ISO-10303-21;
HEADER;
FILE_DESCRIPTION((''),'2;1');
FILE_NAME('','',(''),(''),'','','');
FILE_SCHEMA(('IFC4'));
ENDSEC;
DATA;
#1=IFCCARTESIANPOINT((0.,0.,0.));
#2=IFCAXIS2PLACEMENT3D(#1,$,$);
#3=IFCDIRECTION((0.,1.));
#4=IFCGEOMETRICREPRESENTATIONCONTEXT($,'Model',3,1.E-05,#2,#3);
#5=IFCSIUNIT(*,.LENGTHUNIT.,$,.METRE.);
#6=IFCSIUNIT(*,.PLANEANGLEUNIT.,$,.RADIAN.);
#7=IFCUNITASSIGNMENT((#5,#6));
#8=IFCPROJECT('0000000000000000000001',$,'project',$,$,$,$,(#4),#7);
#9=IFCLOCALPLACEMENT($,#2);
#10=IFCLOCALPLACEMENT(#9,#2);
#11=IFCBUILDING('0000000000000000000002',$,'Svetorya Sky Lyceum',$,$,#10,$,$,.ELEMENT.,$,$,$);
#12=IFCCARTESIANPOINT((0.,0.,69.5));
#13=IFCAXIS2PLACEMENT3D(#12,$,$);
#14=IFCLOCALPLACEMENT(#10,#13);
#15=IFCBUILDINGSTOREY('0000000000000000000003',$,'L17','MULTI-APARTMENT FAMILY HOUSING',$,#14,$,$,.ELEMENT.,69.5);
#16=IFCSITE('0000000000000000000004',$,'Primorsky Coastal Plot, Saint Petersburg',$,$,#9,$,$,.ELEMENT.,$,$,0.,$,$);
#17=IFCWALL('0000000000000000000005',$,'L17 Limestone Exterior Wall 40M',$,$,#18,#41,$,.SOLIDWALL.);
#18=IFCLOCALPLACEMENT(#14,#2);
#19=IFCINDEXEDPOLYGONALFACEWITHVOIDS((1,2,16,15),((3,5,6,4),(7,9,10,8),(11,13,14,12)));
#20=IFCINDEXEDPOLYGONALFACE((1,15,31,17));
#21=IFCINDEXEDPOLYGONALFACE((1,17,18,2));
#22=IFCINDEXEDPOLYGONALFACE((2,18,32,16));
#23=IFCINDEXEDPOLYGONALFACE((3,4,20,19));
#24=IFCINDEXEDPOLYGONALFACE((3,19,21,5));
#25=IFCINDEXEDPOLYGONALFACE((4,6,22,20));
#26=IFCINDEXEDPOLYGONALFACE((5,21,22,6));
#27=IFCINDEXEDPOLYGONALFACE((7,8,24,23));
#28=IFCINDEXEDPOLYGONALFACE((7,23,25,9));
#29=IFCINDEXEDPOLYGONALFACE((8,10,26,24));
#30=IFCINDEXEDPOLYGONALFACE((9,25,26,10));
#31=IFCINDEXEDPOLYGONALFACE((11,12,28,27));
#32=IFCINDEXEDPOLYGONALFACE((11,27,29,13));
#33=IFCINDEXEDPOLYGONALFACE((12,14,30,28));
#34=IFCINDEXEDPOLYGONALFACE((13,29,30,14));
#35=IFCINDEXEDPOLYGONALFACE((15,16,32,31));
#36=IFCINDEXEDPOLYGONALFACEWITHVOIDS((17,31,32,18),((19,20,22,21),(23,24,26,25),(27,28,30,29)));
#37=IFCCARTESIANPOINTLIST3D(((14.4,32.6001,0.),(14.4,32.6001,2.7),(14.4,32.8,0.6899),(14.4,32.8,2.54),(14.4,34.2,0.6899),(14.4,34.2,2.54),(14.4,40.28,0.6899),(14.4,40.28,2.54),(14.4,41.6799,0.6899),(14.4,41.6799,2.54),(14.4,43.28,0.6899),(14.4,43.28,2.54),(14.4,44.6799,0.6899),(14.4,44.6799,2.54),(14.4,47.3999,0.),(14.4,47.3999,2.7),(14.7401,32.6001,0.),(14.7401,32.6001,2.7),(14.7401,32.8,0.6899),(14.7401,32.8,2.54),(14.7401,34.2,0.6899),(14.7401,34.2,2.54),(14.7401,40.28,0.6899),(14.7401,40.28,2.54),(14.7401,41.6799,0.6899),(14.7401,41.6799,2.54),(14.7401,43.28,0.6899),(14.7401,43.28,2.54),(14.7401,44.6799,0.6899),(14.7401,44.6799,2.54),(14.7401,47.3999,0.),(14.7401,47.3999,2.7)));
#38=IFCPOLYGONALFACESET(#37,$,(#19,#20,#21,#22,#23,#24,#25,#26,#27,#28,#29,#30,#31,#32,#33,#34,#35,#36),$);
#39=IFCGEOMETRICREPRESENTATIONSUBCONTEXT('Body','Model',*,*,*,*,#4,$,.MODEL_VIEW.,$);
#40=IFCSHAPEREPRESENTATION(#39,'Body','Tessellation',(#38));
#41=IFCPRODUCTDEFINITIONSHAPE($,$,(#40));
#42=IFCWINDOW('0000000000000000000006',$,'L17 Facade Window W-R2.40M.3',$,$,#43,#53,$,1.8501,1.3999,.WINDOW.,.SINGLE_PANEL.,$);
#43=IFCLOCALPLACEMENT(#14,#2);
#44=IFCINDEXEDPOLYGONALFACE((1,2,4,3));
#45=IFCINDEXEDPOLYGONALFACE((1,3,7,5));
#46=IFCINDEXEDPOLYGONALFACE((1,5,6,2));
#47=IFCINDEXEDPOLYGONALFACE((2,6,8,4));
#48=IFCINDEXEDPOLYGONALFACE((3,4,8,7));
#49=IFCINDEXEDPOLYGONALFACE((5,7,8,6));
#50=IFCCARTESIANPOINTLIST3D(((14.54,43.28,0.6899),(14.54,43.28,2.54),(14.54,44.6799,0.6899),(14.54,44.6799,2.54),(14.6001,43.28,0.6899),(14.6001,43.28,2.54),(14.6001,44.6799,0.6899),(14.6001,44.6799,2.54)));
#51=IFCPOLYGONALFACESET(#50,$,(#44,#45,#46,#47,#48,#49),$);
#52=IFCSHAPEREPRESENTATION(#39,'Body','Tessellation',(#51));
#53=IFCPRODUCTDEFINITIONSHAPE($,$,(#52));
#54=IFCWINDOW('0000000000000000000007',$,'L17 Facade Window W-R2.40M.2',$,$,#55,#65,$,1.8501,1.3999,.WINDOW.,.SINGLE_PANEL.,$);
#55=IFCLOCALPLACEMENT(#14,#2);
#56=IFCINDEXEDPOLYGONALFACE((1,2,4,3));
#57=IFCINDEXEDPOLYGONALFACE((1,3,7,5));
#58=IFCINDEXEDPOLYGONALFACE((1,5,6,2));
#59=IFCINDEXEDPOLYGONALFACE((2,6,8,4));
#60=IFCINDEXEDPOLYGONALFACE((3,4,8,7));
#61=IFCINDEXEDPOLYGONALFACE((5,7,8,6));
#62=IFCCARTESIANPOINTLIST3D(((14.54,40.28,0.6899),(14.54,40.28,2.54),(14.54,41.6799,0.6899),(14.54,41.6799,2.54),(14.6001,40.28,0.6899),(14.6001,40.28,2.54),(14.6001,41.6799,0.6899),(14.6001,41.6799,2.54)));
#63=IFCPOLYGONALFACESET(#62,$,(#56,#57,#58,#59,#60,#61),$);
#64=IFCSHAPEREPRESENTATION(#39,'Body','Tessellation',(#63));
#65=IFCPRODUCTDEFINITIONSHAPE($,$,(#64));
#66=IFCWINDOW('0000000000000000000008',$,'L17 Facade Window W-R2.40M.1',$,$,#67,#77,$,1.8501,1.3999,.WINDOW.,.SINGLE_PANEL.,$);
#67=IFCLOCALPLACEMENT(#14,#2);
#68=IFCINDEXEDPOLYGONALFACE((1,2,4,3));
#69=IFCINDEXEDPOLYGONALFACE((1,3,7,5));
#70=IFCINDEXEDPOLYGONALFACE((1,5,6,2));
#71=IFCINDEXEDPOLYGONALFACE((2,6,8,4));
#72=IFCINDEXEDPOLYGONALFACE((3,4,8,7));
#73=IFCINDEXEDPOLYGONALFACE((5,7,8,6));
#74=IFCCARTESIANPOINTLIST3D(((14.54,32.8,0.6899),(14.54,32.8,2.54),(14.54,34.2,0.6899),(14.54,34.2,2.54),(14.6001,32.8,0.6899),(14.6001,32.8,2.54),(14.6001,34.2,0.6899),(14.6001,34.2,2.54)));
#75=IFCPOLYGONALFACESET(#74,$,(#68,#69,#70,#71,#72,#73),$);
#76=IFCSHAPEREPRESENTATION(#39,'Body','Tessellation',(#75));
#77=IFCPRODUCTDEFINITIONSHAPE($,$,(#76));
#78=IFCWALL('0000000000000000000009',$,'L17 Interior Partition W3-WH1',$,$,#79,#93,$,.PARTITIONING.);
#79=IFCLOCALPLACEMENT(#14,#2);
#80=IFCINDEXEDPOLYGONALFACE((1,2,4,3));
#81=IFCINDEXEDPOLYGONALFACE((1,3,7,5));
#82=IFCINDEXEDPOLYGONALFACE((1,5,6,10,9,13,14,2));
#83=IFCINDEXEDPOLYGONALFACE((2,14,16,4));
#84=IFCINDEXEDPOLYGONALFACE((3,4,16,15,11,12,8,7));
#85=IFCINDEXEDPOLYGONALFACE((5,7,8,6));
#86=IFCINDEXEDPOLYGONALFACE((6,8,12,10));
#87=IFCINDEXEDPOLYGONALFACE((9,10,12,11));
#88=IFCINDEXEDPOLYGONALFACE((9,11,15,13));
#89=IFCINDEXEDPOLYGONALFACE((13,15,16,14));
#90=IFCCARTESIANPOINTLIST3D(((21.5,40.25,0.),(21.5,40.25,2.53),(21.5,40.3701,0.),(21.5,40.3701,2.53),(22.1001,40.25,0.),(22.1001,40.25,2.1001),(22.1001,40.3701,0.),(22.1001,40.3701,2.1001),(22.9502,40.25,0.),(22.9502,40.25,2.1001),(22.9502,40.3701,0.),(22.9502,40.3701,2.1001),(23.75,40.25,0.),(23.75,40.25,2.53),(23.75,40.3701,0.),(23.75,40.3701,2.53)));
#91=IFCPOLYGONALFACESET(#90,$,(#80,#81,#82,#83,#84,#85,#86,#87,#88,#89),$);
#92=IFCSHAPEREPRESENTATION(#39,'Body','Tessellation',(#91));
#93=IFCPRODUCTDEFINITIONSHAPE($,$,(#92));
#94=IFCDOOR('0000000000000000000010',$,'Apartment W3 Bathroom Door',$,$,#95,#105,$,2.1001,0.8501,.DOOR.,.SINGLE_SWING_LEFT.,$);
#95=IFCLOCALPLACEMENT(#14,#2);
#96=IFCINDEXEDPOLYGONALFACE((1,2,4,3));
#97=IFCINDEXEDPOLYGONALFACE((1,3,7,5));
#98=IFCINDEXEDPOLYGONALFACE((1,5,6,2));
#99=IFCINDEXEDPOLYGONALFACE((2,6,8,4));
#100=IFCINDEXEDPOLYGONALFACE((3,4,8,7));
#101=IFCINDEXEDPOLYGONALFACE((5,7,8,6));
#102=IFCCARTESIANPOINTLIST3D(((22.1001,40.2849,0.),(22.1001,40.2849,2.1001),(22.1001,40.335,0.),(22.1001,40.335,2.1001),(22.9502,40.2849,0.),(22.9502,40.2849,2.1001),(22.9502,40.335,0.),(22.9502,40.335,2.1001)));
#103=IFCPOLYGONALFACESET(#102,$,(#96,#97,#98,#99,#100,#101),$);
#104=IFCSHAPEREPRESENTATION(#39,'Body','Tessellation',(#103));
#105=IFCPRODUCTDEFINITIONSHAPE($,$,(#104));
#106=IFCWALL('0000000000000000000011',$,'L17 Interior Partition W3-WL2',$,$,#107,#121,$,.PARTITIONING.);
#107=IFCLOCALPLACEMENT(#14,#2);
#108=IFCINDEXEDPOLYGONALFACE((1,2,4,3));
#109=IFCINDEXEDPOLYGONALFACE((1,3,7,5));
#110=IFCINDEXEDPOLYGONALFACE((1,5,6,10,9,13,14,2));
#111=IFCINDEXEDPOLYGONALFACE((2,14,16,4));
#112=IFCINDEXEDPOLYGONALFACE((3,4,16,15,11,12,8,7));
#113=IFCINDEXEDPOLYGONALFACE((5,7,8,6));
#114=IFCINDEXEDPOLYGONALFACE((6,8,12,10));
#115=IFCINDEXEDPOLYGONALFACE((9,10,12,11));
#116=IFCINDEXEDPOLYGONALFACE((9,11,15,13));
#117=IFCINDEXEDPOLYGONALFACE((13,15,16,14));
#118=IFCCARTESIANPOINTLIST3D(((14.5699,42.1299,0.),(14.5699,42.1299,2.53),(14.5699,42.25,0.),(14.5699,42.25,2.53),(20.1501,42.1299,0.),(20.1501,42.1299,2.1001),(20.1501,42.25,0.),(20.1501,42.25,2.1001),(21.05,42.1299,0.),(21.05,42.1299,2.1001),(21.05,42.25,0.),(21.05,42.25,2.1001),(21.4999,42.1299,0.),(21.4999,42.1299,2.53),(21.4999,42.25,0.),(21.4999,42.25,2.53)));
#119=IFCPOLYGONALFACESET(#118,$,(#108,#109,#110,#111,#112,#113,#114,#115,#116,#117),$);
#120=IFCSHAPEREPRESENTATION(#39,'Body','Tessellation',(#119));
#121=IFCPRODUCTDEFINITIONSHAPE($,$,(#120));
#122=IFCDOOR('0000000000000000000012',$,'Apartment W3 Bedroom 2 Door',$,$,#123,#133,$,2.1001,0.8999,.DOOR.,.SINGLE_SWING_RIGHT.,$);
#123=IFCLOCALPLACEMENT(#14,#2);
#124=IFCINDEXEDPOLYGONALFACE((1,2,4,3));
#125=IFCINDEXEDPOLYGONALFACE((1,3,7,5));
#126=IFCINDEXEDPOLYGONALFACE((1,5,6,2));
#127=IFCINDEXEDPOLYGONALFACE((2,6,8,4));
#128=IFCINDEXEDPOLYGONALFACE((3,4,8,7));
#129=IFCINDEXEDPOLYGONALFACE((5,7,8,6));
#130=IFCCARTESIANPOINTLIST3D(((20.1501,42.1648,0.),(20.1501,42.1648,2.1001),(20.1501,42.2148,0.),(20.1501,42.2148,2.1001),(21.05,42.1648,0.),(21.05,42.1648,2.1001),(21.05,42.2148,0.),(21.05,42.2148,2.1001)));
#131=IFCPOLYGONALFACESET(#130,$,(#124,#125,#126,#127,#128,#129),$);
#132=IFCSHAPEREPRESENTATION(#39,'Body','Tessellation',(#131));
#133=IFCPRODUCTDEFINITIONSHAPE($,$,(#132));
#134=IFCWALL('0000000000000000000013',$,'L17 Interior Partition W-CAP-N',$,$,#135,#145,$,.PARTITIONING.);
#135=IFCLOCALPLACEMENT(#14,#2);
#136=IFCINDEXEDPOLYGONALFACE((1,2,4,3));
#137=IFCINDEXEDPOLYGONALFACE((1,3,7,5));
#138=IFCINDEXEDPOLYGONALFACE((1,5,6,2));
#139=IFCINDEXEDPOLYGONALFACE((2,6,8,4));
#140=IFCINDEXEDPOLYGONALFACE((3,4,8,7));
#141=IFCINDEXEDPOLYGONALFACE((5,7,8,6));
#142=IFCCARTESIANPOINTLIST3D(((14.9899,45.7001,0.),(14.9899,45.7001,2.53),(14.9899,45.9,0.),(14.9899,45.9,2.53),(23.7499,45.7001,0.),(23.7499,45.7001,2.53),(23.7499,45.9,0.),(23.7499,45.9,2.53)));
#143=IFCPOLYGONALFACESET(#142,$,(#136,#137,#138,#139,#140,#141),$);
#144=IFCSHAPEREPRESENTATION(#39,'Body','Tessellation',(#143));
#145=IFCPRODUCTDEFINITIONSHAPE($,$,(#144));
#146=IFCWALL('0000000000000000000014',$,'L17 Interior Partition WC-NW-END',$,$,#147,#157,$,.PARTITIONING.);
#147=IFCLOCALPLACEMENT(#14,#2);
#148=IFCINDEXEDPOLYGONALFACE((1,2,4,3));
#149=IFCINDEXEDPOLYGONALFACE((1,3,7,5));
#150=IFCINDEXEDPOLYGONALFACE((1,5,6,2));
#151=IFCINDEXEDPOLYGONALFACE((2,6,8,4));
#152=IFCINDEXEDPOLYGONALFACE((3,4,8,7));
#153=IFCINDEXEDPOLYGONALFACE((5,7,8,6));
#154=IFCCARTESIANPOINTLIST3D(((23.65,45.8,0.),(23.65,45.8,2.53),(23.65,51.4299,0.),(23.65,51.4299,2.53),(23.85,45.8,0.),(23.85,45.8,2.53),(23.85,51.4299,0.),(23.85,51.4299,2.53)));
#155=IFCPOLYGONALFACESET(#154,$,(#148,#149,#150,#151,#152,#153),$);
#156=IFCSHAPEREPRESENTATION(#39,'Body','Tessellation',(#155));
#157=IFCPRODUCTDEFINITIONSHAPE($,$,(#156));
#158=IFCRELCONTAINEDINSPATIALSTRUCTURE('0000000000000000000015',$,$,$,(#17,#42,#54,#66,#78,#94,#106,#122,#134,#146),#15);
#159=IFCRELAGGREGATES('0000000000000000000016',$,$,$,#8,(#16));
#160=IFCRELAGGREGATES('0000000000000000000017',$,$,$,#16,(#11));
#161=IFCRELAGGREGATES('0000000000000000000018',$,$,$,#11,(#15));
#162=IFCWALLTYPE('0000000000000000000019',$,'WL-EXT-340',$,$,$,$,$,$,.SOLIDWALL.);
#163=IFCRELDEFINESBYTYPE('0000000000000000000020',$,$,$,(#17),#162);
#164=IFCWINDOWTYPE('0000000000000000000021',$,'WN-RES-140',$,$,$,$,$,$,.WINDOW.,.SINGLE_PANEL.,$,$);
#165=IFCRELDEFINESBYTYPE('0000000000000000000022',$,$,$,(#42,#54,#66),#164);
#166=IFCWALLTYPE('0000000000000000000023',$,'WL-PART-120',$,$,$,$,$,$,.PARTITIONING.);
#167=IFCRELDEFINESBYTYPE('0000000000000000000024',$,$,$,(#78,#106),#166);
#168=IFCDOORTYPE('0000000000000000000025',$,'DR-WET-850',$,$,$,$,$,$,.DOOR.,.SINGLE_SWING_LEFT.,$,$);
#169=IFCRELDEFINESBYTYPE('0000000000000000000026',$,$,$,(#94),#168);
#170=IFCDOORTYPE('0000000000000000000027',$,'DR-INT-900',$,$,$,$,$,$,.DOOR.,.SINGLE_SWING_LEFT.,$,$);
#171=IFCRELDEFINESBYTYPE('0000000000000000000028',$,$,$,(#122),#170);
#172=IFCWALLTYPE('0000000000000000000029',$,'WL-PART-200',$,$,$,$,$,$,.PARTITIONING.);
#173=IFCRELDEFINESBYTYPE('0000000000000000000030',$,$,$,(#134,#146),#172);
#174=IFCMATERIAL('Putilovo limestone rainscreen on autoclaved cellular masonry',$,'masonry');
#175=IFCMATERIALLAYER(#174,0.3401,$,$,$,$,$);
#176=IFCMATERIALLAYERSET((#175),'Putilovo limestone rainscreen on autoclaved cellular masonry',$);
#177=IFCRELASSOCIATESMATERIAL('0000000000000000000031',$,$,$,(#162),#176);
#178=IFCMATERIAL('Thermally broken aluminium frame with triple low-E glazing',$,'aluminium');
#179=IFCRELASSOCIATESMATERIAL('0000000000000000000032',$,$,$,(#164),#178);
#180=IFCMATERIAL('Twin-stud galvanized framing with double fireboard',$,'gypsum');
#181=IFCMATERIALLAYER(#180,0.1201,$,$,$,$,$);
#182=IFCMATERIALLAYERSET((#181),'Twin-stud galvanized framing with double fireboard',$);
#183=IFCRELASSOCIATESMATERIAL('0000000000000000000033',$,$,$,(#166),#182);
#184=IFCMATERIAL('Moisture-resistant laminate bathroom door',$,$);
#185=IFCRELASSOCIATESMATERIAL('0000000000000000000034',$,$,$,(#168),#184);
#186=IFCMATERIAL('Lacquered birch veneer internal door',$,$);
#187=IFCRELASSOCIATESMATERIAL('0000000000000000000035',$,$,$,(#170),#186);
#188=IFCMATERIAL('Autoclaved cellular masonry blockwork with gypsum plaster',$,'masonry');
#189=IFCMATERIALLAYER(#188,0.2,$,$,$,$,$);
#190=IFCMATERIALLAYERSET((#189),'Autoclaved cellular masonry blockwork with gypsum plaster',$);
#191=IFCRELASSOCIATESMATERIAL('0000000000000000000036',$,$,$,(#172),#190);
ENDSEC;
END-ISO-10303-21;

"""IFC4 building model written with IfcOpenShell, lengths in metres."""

from ifc_helpers import new_model, si_unit, direction, frame, frame_2d, origin, place, context, subcontext, project, spatial, rectangle, extrude, material, layer, layer_set, type_object, element, fill, save


model = new_model("IFC4")

# Units and contexts
model_context = context("Model", 3, precision=1e-05, world=origin(), true_north=direction((0.0, 1.0)))
body_context = subcontext(model_context, "Body", "Model", "MODEL_VIEW")
ifc_project = project(units=[si_unit("LENGTHUNIT", "METRE"), si_unit("PLANEANGLEUNIT", "RADIAN")], contexts=[model_context])

# Site, building, storey
site_placement = place(None, origin())
site = spatial("IfcSite", under=ifc_project, at=site_placement, Name="Primorsky Coastal Plot, Saint Petersburg", CompositionType="ELEMENT", RefElevation=0.0)
building_placement = place(site_placement, origin())
building = spatial("IfcBuilding", under=site, at=building_placement, Name="Svetorya Sky Lyceum", CompositionType="ELEMENT")
storey_placement = place(building_placement, frame((0.0, 0.0, 69.5)))
storey = spatial("IfcBuildingStorey", under=building, at=storey_placement, Name="L17", Description="MULTI-APARTMENT FAMILY HOUSING", CompositionType="ELEMENT", Elevation=69.5)

# Shared definitions
ifc_material_1 = material(Name="Putilovo limestone rainscreen on autoclaved cellular masonry", Category="masonry")
ifc_layer_1 = layer(ifc_material_1, 0.3401)
ifc_layer_set_1 = layer_set([ifc_layer_1], Name="Putilovo limestone rainscreen on autoclaved cellular masonry")
wall_type_1 = type_object("IfcWallType", Name="WL-EXT-340", PredefinedType="SOLIDWALL", material=ifc_layer_set_1)

# Wall, openings, windows
wall_1_placement = place(storey_placement, frame((14.5701, 47.3999, 0.0), z_axis=(0.0, 0.0, 1.0), x_axis=(0.0, -1.0, 0.0)))
wall_1 = element("IfcWall", 1, at=wall_1_placement, inside=storey, type_object=wall_type_1, Name="L17 Limestone Exterior Wall 40M", PredefinedType="SOLIDWALL", context=body_context, shape_type="SweptSolid", body=[
    extrude(rectangle(XDim=14.7998, YDim=0.3401, at=frame_2d((7.3999, 0.0))), origin(), (0.0, 0.0, 1.0), 2.7),
])
opening_1_placement = place(wall_1_placement, frame((2.72, 0.0, 0.6899)))
opening_1 = element("IfcOpeningElement", 2, at=opening_1_placement, cuts=wall_1, PredefinedType="OPENING", context=body_context, shape_type="SweptSolid", body=[
    extrude(rectangle(XDim=1.3999, YDim=1.8501, at=frame_2d((0.7, 0.925))), frame((0.0, 0.1799, 0.0), z_axis=(0.0, -1.0, 0.0), x_axis=(1.0, 0.0, 0.0)), (0.0, 0.0, 1.0), 0.3601),
])
opening_2_placement = place(wall_1_placement, frame((5.72, 0.0, 0.6899)))
opening_2 = element("IfcOpeningElement", 3, at=opening_2_placement, cuts=wall_1, PredefinedType="OPENING", context=body_context, shape_type="SweptSolid", body=[
    extrude(rectangle(XDim=1.3999, YDim=1.8501, at=frame_2d((0.7, 0.925))), frame((0.0, 0.1799, 0.0), z_axis=(0.0, -1.0, 0.0), x_axis=(1.0, 0.0, 0.0)), (0.0, 0.0, 1.0), 0.3601),
])
opening_3_placement = place(wall_1_placement, frame((13.2, 0.0, 0.6899)))
opening_3 = element("IfcOpeningElement", 4, at=opening_3_placement, cuts=wall_1, PredefinedType="OPENING", context=body_context, shape_type="SweptSolid", body=[
    extrude(rectangle(XDim=1.3999, YDim=1.8501, at=frame_2d((0.7, 0.925))), frame((0.0, 0.1799, 0.0), z_axis=(0.0, -1.0, 0.0), x_axis=(1.0, 0.0, 0.0)), (0.0, 0.0, 1.0), 0.3601),
])
ifc_material_2 = material(Name="Thermally broken aluminium frame with triple low-E glazing", Category="aluminium")
window_type = type_object("IfcWindowType", Name="WN-RES-140", PartitioningType="SINGLE_PANEL", PredefinedType="WINDOW", material=ifc_material_2)
window_1_placement = place(opening_1_placement, origin())
window_1 = element("IfcWindow", 5, at=window_1_placement, inside=storey, type_object=window_type, Name="L17 Facade Window W-R2.40M.3", OverallHeight=1.8501, OverallWidth=1.3999, PartitioningType="SINGLE_PANEL", PredefinedType="WINDOW", context=body_context, shape_type="SweptSolid", body=[
    extrude(rectangle(XDim=1.3999, YDim=1.8501, at=frame_2d((0.7, 0.925))), frame((0.0, 0.03, 0.0), z_axis=(0.0, -1.0, 0.0), x_axis=(1.0, 0.0, 0.0)), (0.0, 0.0, 1.0), 0.0601),
])
fill(opening_1, window_1)
window_2_placement = place(opening_2_placement, origin())
window_2 = element("IfcWindow", 6, at=window_2_placement, inside=storey, type_object=window_type, Name="L17 Facade Window W-R2.40M.2", OverallHeight=1.8501, OverallWidth=1.3999, PartitioningType="SINGLE_PANEL", PredefinedType="WINDOW", context=body_context, shape_type="SweptSolid", body=[
    extrude(rectangle(XDim=1.3999, YDim=1.8501, at=frame_2d((0.7, 0.925))), frame((0.0, 0.03, 0.0), z_axis=(0.0, -1.0, 0.0), x_axis=(1.0, 0.0, 0.0)), (0.0, 0.0, 1.0), 0.0601),
])
fill(opening_2, window_2)
window_3_placement = place(opening_3_placement, origin())
window_3 = element("IfcWindow", 7, at=window_3_placement, inside=storey, type_object=window_type, Name="L17 Facade Window W-R2.40M.1", OverallHeight=1.8501, OverallWidth=1.3999, PartitioningType="SINGLE_PANEL", PredefinedType="WINDOW", context=body_context, shape_type="SweptSolid", body=[
    extrude(rectangle(XDim=1.3999, YDim=1.8501, at=frame_2d((0.7, 0.925))), frame((0.0, 0.03, 0.0), z_axis=(0.0, -1.0, 0.0), x_axis=(1.0, 0.0, 0.0)), (0.0, 0.0, 1.0), 0.0601),
])
fill(opening_3, window_3)

# Walls, openings, doors
ifc_material_3 = material(Name="Twin-stud galvanized framing with double fireboard", Category="gypsum")
ifc_layer_2 = layer(ifc_material_3, 0.1201)
ifc_layer_set_2 = layer_set([ifc_layer_2], Name="Twin-stud galvanized framing with double fireboard")
wall_type_2 = type_object("IfcWallType", Name="WL-PART-120", PredefinedType="PARTITIONING", material=ifc_layer_set_2)
wall_2_placement = place(storey_placement, frame((21.5, 40.3101, 0.0), z_axis=(0.0, 0.0, 1.0), x_axis=(1.0, 0.0, 0.0)))
wall_2 = element("IfcWall", 8, at=wall_2_placement, inside=storey, type_object=wall_type_2, Name="L17 Interior Partition W3-WH1", PredefinedType="PARTITIONING", context=body_context, shape_type="SweptSolid", body=[
    extrude(rectangle(XDim=2.25, YDim=0.1201, at=frame_2d((1.125, 0.0))), origin(), (0.0, 0.0, 1.0), 2.53),
])
opening_4_placement = place(wall_2_placement, frame((0.6001, 0.0, 0.0)))
opening_4 = element("IfcOpeningElement", 9, at=opening_4_placement, cuts=wall_2, PredefinedType="OPENING", context=body_context, shape_type="SweptSolid", body=[
    extrude(rectangle(XDim=0.8501, YDim=2.1001, at=frame_2d((0.425, 1.05))), frame((0.0, 0.0701, 0.0), z_axis=(0.0, -1.0, 0.0), x_axis=(1.0, 0.0, 0.0)), (0.0, 0.0, 1.0), 0.1401),
])
ifc_material_4 = material(Name="Moisture-resistant laminate bathroom door")
door_type_1 = type_object("IfcDoorType", Name="DR-WET-850", OperationType="SINGLE_SWING_LEFT", PredefinedType="DOOR", material=ifc_material_4)
door_1_placement = place(opening_4_placement, origin())
door_1 = element("IfcDoor", 10, at=door_1_placement, inside=storey, type_object=door_type_1, Name="Apartment W3 Bathroom Door", OperationType="SINGLE_SWING_LEFT", OverallHeight=2.1001, OverallWidth=0.8501, PredefinedType="DOOR", context=body_context, shape_type="SweptSolid", body=[
    extrude(rectangle(XDim=0.8501, YDim=2.1001, at=frame_2d((0.425, 1.05))), frame((0.0, 0.0249, 0.0), z_axis=(0.0, -1.0, 0.0), x_axis=(1.0, 0.0, 0.0)), (0.0, 0.0, 1.0), 0.05),
])
fill(opening_4, door_1)
wall_3_placement = place(storey_placement, frame((14.5701, 42.1899, 0.0), z_axis=(0.0, 0.0, 1.0), x_axis=(1.0, 0.0, 0.0)))
wall_3 = element("IfcWall", 11, at=wall_3_placement, inside=storey, type_object=wall_type_2, Name="L17 Interior Partition W3-WL2", PredefinedType="PARTITIONING", context=body_context, shape_type="SweptSolid", body=[
    extrude(rectangle(XDim=6.9299, YDim=0.1201, at=frame_2d((3.4648, 0.0))), origin(), (0.0, 0.0, 1.0), 2.53),
])
opening_5_placement = place(wall_3_placement, frame((5.5801, 0.0, 0.0)))
opening_5 = element("IfcOpeningElement", 12, at=opening_5_placement, cuts=wall_3, PredefinedType="OPENING", context=body_context, shape_type="SweptSolid", body=[
    extrude(rectangle(XDim=0.8999, YDim=2.1001, at=frame_2d((0.45, 1.05))), frame((0.0, 0.0701, 0.0), z_axis=(0.0, -1.0, 0.0), x_axis=(1.0, 0.0, 0.0)), (0.0, 0.0, 1.0), 0.1401),
])
ifc_material_5 = material(Name="Lacquered birch veneer internal door")
door_type_2 = type_object("IfcDoorType", Name="DR-INT-900", OperationType="SINGLE_SWING_LEFT", PredefinedType="DOOR", material=ifc_material_5)
door_2_placement = place(opening_5_placement, origin())
door_2 = element("IfcDoor", 13, at=door_2_placement, inside=storey, type_object=door_type_2, Name="Apartment W3 Bedroom 2 Door", OperationType="SINGLE_SWING_RIGHT", OverallHeight=2.1001, OverallWidth=0.8999, PredefinedType="DOOR", context=body_context, shape_type="SweptSolid", body=[
    extrude(rectangle(XDim=0.8999, YDim=2.1001, at=frame_2d((0.45, 1.05))), frame((0.0, 0.0249, 0.0), z_axis=(0.0, -1.0, 0.0), x_axis=(1.0, 0.0, 0.0)), (0.0, 0.0, 1.0), 0.05),
])
fill(opening_5, door_2)

# Walls
ifc_material_6 = material(Name="Autoclaved cellular masonry blockwork with gypsum plaster", Category="masonry")
ifc_layer_3 = layer(ifc_material_6, 0.2)
ifc_layer_set_3 = layer_set([ifc_layer_3], Name="Autoclaved cellular masonry blockwork with gypsum plaster")
wall_type_3 = type_object("IfcWallType", Name="WL-PART-200", PredefinedType="PARTITIONING", material=ifc_layer_set_3)
wall_4_placement = place(storey_placement, frame((14.99, 45.8, 0.0), z_axis=(0.0, 0.0, 1.0), x_axis=(1.0, 0.0, 0.0)))
element("IfcWall", 14, at=wall_4_placement, inside=storey, type_object=wall_type_3, Name="L17 Interior Partition W-CAP-N", PredefinedType="PARTITIONING", context=body_context, shape_type="SweptSolid", body=[
    extrude(rectangle(XDim=8.76, YDim=0.2, at=frame_2d((4.3799, 0.0))), origin(), (0.0, 0.0, 1.0), 2.53),
])
wall_5_placement = place(storey_placement, frame((23.75, 45.8, 0.0), z_axis=(0.0, 0.0, 1.0), x_axis=(0.0, 1.0, 0.0)))
element("IfcWall", 15, at=wall_5_placement, inside=storey, type_object=wall_type_3, Name="L17 Interior Partition WC-NW-END", PredefinedType="PARTITIONING", context=body_context, shape_type="SweptSolid", body=[
    extrude(rectangle(XDim=5.6299, YDim=0.2, at=frame_2d((2.8149, 0.0))), origin(), (0.0, 0.0, 1.0), 2.53),
])

save(model, "model.ifc")
